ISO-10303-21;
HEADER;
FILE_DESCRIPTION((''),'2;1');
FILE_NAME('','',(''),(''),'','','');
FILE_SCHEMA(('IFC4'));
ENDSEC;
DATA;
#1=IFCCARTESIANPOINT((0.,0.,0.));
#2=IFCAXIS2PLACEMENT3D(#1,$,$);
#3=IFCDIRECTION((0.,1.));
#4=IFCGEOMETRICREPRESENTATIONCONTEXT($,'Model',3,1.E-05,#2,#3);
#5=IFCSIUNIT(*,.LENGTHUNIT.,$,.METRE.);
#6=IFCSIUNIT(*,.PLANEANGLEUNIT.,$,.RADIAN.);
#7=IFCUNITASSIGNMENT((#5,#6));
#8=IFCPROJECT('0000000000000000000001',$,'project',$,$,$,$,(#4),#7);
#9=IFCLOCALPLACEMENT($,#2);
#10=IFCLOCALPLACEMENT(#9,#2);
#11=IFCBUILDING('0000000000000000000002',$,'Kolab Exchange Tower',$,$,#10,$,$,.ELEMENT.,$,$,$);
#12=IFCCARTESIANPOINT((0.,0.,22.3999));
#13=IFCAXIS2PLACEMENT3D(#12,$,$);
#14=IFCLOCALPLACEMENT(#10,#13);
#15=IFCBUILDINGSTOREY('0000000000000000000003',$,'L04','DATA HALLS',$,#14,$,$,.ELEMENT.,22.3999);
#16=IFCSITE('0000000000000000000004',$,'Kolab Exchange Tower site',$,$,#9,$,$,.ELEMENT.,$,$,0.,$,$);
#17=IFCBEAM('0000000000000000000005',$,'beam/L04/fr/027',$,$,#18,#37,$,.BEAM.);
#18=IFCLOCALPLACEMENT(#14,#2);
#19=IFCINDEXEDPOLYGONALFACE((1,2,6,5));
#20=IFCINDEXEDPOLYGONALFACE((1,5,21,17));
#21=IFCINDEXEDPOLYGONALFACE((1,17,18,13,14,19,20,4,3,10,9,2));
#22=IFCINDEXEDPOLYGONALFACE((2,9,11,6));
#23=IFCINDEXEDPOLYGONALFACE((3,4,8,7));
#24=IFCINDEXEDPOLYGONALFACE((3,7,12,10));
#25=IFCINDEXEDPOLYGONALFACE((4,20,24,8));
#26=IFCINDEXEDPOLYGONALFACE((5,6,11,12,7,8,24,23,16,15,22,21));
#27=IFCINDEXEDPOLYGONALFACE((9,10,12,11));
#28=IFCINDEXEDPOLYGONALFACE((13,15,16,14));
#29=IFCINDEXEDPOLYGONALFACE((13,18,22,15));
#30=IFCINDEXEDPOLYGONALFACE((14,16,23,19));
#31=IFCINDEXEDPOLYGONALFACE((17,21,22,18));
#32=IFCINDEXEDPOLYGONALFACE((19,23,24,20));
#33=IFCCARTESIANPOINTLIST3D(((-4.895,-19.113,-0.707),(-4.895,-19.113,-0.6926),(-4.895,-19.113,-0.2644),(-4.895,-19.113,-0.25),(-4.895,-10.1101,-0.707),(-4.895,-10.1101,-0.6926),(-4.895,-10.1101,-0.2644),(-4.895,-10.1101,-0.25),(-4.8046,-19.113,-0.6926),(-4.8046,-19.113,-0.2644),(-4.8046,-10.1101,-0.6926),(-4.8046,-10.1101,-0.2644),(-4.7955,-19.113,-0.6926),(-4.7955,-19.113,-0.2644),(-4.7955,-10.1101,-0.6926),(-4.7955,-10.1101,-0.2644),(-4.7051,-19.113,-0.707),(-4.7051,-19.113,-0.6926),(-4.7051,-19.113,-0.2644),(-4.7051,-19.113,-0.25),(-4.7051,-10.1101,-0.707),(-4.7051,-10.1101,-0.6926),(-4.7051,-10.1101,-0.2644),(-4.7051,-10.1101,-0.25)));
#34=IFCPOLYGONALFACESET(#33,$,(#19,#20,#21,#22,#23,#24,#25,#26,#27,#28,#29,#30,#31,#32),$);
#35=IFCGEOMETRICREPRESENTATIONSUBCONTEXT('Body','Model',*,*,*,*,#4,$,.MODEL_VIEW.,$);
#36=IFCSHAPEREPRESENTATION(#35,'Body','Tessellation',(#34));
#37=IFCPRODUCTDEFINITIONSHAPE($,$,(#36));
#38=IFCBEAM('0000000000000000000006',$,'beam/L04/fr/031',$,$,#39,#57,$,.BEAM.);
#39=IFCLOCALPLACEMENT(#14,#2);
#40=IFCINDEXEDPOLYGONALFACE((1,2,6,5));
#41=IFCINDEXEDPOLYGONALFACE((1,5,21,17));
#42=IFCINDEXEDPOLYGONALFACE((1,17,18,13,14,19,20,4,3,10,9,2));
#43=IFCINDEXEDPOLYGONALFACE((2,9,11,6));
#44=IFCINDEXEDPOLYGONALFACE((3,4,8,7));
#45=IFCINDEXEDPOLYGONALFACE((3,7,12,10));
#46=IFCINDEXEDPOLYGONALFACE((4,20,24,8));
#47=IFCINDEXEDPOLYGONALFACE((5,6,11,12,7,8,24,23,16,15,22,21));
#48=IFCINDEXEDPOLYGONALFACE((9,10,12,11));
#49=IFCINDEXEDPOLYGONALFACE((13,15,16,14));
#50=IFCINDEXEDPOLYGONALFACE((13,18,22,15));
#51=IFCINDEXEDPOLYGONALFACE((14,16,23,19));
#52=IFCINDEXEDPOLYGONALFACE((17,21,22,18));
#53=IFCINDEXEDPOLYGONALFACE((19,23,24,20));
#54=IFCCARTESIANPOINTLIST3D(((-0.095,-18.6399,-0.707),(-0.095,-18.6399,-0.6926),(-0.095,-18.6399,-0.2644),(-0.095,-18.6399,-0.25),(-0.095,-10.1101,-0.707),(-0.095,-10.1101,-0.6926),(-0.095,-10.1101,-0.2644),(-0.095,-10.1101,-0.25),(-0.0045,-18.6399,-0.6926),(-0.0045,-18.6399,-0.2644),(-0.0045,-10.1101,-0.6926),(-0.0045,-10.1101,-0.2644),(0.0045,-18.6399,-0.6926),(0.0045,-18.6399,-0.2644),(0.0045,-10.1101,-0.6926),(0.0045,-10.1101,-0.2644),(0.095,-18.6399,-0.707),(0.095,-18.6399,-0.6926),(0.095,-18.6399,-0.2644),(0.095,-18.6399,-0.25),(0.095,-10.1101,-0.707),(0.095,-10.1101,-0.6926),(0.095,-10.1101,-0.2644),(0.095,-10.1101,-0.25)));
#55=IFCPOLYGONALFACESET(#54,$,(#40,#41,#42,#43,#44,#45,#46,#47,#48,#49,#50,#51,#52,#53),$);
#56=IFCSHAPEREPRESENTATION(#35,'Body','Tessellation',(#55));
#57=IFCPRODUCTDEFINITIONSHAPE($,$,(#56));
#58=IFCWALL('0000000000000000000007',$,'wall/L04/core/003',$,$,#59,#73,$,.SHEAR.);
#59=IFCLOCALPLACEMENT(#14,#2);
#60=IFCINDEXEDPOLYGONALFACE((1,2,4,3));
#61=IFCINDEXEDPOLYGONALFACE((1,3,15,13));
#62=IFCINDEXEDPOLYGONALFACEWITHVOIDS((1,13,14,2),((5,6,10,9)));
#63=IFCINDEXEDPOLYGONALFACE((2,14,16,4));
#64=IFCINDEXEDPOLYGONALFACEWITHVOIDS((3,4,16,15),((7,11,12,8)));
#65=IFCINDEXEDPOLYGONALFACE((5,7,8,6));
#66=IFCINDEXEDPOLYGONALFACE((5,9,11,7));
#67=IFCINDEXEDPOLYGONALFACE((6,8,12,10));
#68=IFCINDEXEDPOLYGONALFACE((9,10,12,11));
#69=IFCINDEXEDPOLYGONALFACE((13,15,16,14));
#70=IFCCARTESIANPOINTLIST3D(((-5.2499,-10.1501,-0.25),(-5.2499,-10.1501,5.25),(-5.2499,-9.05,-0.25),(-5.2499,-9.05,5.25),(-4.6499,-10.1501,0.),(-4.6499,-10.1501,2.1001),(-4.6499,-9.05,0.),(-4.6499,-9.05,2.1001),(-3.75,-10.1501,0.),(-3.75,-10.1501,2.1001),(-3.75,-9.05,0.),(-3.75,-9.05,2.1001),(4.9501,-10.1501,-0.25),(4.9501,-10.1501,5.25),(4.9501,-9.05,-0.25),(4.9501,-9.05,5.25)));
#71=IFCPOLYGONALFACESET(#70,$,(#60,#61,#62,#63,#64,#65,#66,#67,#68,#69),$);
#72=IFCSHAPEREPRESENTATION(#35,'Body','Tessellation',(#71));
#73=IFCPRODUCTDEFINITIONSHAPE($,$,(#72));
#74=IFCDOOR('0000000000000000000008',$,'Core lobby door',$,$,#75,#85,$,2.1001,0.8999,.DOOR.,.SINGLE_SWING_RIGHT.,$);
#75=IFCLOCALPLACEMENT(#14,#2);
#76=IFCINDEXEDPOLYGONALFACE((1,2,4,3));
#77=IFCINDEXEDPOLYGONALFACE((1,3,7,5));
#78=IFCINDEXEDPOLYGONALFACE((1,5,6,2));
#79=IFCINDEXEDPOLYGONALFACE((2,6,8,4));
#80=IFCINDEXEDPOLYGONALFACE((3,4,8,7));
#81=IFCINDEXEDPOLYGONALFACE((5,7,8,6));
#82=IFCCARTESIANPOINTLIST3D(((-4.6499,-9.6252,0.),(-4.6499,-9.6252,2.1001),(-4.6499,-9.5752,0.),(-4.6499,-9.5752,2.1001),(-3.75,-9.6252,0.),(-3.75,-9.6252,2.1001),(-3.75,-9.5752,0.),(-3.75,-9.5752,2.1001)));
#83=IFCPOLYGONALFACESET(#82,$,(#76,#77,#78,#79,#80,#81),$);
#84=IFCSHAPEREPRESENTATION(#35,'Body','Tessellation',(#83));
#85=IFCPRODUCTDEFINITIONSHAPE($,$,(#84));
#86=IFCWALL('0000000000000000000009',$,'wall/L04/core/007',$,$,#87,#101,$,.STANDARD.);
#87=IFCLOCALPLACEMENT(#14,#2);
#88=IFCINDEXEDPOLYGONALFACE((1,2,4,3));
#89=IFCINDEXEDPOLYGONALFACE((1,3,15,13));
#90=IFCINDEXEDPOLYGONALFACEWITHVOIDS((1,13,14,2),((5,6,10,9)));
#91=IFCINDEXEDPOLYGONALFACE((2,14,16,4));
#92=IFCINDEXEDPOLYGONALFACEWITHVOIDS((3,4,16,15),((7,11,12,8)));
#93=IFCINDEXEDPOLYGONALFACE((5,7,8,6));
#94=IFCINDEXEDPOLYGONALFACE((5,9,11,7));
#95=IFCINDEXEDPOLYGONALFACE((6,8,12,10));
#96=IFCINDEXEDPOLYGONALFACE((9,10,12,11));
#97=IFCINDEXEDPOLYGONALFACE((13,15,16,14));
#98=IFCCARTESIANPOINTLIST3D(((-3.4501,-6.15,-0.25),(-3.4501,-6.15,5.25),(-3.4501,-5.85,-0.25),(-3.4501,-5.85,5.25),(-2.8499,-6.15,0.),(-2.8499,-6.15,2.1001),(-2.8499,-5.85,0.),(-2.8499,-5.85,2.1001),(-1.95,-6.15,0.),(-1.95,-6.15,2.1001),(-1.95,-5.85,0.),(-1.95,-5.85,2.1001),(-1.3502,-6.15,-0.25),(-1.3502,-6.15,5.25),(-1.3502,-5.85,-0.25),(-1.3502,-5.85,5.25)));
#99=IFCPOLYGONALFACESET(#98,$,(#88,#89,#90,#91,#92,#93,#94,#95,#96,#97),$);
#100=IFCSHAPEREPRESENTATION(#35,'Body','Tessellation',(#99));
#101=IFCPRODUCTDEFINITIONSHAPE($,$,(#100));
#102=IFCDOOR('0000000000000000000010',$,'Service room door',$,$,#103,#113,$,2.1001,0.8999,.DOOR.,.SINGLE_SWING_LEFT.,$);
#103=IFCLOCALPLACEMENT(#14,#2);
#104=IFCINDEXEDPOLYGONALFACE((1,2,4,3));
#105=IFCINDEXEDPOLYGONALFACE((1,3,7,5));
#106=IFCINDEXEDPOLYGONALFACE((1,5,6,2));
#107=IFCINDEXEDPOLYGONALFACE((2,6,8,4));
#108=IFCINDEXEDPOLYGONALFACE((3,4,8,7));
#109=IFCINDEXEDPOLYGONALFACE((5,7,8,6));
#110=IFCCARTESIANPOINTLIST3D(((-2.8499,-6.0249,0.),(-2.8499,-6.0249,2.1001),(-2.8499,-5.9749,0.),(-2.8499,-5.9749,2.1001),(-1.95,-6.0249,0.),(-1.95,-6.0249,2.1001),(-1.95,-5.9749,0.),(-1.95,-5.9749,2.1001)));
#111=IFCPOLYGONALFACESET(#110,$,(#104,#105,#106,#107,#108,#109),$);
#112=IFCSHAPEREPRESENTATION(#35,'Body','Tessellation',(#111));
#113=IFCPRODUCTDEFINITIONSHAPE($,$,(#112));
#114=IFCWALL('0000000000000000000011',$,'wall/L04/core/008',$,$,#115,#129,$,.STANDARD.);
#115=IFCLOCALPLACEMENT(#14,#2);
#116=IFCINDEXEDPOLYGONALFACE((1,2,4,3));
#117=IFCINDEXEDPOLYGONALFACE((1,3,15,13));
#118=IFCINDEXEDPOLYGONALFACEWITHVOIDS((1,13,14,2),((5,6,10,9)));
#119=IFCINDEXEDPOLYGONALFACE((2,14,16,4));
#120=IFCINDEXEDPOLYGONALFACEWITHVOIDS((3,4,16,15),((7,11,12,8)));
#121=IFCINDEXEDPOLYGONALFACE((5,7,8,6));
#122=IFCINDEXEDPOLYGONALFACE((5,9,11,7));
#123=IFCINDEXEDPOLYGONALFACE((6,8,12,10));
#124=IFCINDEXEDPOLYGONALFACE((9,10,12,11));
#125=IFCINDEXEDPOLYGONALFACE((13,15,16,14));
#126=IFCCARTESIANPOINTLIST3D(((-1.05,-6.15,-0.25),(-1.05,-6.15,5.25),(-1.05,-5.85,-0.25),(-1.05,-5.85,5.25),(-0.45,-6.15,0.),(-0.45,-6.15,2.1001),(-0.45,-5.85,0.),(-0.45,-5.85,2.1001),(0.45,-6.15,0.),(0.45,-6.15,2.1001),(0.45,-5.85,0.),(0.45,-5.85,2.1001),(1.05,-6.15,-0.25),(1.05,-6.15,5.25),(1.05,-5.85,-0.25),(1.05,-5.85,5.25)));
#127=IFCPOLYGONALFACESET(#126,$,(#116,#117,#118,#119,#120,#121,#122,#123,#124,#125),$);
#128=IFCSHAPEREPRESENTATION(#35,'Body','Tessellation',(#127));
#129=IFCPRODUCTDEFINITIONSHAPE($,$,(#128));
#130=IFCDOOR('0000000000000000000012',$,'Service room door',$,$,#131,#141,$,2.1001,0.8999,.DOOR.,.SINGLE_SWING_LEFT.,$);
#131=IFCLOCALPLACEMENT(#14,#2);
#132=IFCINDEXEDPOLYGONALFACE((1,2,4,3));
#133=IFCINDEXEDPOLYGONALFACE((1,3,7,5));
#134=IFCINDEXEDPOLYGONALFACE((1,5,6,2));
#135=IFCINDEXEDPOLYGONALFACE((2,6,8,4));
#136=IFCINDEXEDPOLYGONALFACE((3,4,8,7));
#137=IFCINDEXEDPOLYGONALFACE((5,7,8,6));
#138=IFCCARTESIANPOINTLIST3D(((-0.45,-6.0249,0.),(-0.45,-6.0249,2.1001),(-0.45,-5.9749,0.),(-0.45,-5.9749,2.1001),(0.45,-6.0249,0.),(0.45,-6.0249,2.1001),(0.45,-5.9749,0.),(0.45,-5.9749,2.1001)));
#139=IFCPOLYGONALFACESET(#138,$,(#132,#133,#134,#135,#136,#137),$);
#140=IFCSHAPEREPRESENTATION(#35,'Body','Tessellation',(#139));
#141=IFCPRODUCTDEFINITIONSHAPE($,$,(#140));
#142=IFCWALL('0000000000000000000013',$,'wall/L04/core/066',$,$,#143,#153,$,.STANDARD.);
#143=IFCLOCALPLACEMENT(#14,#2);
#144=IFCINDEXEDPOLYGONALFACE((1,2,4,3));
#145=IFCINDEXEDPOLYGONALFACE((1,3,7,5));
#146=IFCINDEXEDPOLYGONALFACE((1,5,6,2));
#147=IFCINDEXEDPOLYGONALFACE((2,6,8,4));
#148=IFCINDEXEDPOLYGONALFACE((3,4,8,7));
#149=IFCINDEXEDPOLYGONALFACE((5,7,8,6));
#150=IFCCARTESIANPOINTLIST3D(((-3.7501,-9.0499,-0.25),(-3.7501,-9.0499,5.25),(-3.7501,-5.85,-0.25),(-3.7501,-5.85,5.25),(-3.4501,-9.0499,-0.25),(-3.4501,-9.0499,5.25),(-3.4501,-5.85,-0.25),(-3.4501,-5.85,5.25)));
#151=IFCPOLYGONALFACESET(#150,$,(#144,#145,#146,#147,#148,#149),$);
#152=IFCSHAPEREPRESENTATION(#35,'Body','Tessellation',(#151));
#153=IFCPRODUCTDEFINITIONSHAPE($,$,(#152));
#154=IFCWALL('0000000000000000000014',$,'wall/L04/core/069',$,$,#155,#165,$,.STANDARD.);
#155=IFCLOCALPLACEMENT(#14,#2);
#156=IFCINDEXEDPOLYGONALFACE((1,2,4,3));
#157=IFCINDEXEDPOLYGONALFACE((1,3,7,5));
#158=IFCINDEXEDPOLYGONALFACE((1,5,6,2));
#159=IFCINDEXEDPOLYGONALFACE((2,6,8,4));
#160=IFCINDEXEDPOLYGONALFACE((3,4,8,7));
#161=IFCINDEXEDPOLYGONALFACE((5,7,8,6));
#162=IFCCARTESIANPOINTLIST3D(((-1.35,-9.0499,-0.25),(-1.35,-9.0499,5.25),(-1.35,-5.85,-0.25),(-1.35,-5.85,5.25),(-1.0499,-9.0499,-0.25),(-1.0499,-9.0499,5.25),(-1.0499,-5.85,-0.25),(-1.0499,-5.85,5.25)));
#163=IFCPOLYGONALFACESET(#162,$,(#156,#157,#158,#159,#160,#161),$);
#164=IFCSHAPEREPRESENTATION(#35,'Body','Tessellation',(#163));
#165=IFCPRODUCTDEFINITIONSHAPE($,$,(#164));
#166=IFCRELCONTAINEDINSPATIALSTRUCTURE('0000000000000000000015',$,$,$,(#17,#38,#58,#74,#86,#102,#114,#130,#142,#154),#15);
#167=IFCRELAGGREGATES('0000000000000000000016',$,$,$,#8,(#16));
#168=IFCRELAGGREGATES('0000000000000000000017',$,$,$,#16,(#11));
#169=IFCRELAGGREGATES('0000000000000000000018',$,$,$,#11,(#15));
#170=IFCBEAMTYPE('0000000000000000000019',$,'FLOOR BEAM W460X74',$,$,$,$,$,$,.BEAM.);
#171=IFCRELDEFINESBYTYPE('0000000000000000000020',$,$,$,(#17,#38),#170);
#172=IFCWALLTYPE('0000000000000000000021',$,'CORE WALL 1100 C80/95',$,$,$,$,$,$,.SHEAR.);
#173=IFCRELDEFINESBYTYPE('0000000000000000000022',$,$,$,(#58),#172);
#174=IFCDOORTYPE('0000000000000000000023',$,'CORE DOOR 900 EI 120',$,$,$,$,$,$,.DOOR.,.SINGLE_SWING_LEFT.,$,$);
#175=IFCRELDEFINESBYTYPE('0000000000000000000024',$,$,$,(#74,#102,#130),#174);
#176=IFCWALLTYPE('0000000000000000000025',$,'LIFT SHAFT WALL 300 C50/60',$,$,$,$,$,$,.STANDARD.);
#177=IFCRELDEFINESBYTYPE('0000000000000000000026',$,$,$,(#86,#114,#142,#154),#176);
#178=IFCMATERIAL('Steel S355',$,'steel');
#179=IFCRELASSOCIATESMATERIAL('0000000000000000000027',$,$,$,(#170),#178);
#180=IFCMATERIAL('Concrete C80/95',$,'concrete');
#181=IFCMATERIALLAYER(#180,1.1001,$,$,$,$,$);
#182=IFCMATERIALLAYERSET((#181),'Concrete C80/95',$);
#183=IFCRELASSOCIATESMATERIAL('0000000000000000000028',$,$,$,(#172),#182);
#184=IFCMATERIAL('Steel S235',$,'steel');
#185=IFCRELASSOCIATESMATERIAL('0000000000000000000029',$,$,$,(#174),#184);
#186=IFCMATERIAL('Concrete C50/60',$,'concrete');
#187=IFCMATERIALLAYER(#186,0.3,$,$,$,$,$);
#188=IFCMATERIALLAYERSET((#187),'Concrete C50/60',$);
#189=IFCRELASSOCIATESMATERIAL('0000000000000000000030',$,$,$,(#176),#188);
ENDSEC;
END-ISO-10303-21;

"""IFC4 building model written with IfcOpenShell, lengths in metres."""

from ifc_helpers import new_model, si_unit, direction, frame, frame_2d, origin, origin_2d, place, context, subcontext, project, spatial, rectangle, i_section, extrude, material, layer, layer_set, material_profile, profile_set, type_object, element, fill, save


model = new_model("IFC4")

# Units and contexts
model_context = context("Model", 3, precision=1e-05, world=origin(), true_north=direction((0.0, 1.0)))
body_context = subcontext(model_context, "Body", "Model", "MODEL_VIEW")
ifc_project = project(units=[si_unit("LENGTHUNIT", "METRE"), si_unit("PLANEANGLEUNIT", "RADIAN")], contexts=[model_context])

# Site, building, storey
site_placement = place(None, origin())
site = spatial("IfcSite", under=ifc_project, at=site_placement, Name="Kolab Exchange Tower site", CompositionType="ELEMENT", RefElevation=0.0)
building_placement = place(site_placement, origin())
building = spatial("IfcBuilding", under=site, at=building_placement, Name="Kolab Exchange Tower", CompositionType="ELEMENT")
storey_placement = place(building_placement, frame((0.0, 0.0, 22.3999)))
storey = spatial("IfcBuildingStorey", under=building, at=storey_placement, Name="L04", Description="DATA HALLS", CompositionType="ELEMENT", Elevation=22.3999)

# Beams
ifc_material_1 = material(Name="Steel S355", Category="steel")
ifc_material_profile = material_profile(ifc_material_1, i_section(OverallWidth=0.1899, OverallDepth=0.457, WebThickness=0.009, FlangeThickness=0.0144, at=origin_2d()), Name="W460X74")
ifc_profile_set = profile_set([ifc_material_profile], Name="Steel S355")
beam_type = type_object("IfcBeamType", Name="FLOOR BEAM W460X74", PredefinedType="BEAM", material=ifc_profile_set)
beam_1_placement = place(storey_placement, frame((-4.8, -19.113, -0.4785), z_axis=(0.0, 1.0, 0.0), x_axis=(-1.0, 0.0, 0.0)))
element("IfcBeam", 1, at=beam_1_placement, inside=storey, type_object=beam_type, Name="beam/L04/fr/027", PredefinedType="BEAM", context=body_context, shape_type="SweptSolid", body=[
    extrude(i_section(OverallWidth=0.1899, OverallDepth=0.457, WebThickness=0.009, FlangeThickness=0.0144, at=origin_2d()), origin(), (0.0, 0.0, 1.0), 9.0029),
])
beam_2_placement = place(storey_placement, frame((0.0, -18.6399, -0.4785), z_axis=(0.0, 1.0, 0.0), x_axis=(-1.0, 0.0, 0.0)))
element("IfcBeam", 2, at=beam_2_placement, inside=storey, type_object=beam_type, Name="beam/L04/fr/031", PredefinedType="BEAM", context=body_context, shape_type="SweptSolid", body=[
    extrude(i_section(OverallWidth=0.1899, OverallDepth=0.457, WebThickness=0.009, FlangeThickness=0.0144, at=origin_2d()), origin(), (0.0, 0.0, 1.0), 8.5298),
])

# Walls, openings, doors
ifc_material_2 = material(Name="Concrete C80/95", Category="concrete")
ifc_layer_1 = layer(ifc_material_2, 1.1001)
ifc_layer_set_1 = layer_set([ifc_layer_1], Name="Concrete C80/95")
wall_type_1 = type_object("IfcWallType", Name="CORE WALL 1100 C80/95", PredefinedType="SHEAR", material=ifc_layer_set_1)
wall_1_placement = place(storey_placement, frame((-5.25, -9.6001, -0.25), z_axis=(0.0, 0.0, 1.0), x_axis=(1.0, 0.0, 0.0)))
wall_1 = element("IfcWall", 3, at=wall_1_placement, inside=storey, type_object=wall_type_1, Name="wall/L04/core/003", PredefinedType="SHEAR", context=body_context, shape_type="SweptSolid", body=[
    extrude(rectangle(XDim=10.2, YDim=1.1001, at=frame_2d((5.1001, 0.0))), origin(), (0.0, 0.0, 1.0), 5.5),
])
opening_1_placement = place(wall_1_placement, frame((0.6001, 0.0, 0.25)))
opening_1 = element("IfcOpeningElement", 4, at=opening_1_placement, cuts=wall_1, PredefinedType="OPENING", context=body_context, shape_type="SweptSolid", body=[
    extrude(rectangle(XDim=0.8999, YDim=2.1001, at=frame_2d((0.45, 1.05))), frame((0.0, 0.5601, 0.0), z_axis=(0.0, -1.0, 0.0), x_axis=(1.0, 0.0, 0.0)), (0.0, 0.0, 1.0), 1.1201),
])
ifc_material_3 = material(Name="Steel S235", Category="steel")
door_type_1 = type_object("IfcDoorType", Name="CORE DOOR 900 EI 120", OperationType="SINGLE_SWING_LEFT", PredefinedType="DOOR", material=ifc_material_3)
door_1_placement = place(opening_1_placement, origin())
door_1 = element("IfcDoor", 5, at=door_1_placement, inside=storey, type_object=door_type_1, Name="Core lobby door", OperationType="SINGLE_SWING_RIGHT", OverallHeight=2.1001, OverallWidth=0.8999, PredefinedType="DOOR", context=body_context, shape_type="SweptSolid", body=[
    extrude(rectangle(XDim=0.8999, YDim=2.1001, at=frame_2d((0.45, 1.05))), frame((0.0, 0.0249, 0.0), z_axis=(0.0, -1.0, 0.0), x_axis=(1.0, 0.0, 0.0)), (0.0, 0.0, 1.0), 0.05),
])
fill(opening_1, door_1)
ifc_material_4 = material(Name="Concrete C50/60", Category="concrete")
ifc_layer_2 = layer(ifc_material_4, 0.3)
ifc_layer_set_2 = layer_set([ifc_layer_2], Name="Concrete C50/60")
wall_type_2 = type_object("IfcWallType", Name="LIFT SHAFT WALL 300 C50/60", PredefinedType="STANDARD", material=ifc_layer_set_2)
wall_2_placement = place(storey_placement, frame((-3.45, -6.0, -0.25), z_axis=(0.0, 0.0, 1.0), x_axis=(1.0, 0.0, 0.0)))
wall_2 = element("IfcWall", 6, at=wall_2_placement, inside=storey, type_object=wall_type_2, Name="wall/L04/core/007", PredefinedType="STANDARD", context=body_context, shape_type="SweptSolid", body=[
    extrude(rectangle(XDim=2.0999, YDim=0.3, at=frame_2d((1.0498, 0.0))), origin(), (0.0, 0.0, 1.0), 5.5),
])
opening_2_placement = place(wall_2_placement, frame((0.6001, 0.0, 0.25)))
opening_2 = element("IfcOpeningElement", 7, at=opening_2_placement, cuts=wall_2, PredefinedType="OPENING", context=body_context, shape_type="SweptSolid", body=[
    extrude(rectangle(XDim=0.8999, YDim=2.1001, at=frame_2d((0.45, 1.05))), frame((0.0, 0.1602, 0.0), z_axis=(0.0, -1.0, 0.0), x_axis=(1.0, 0.0, 0.0)), (0.0, 0.0, 1.0), 0.3201),
])
door_2_placement = place(opening_2_placement, frame((0.8999, 0.0, 0.0), z_axis=(0.0, 0.0, 1.0), x_axis=(-1.0, 0.0, 0.0)))
door_2 = element("IfcDoor", 8, at=door_2_placement, inside=storey, type_object=door_type_1, Name="Service room door", OperationType="SINGLE_SWING_LEFT", OverallHeight=2.1001, OverallWidth=0.8999, PredefinedType="DOOR", context=body_context, shape_type="SweptSolid", body=[
    extrude(rectangle(XDim=0.8999, YDim=2.1001, at=frame_2d((0.45, 1.05))), frame((0.0, 0.0249, 0.0), z_axis=(0.0, -1.0, 0.0), x_axis=(1.0, 0.0, 0.0)), (0.0, 0.0, 1.0), 0.05),
])
fill(opening_2, door_2)
wall_3_placement = place(storey_placement, frame((-1.05, -6.0, -0.25), z_axis=(0.0, 0.0, 1.0), x_axis=(1.0, 0.0, 0.0)))
wall_3 = element("IfcWall", 9, at=wall_3_placement, inside=storey, type_object=wall_type_2, Name="wall/L04/core/008", PredefinedType="STANDARD", context=body_context, shape_type="SweptSolid", body=[
    extrude(rectangle(XDim=2.1001, YDim=0.3, at=frame_2d((1.05, 0.0))), origin(), (0.0, 0.0, 1.0), 5.5),
])
opening_3_placement = place(wall_3_placement, frame((0.6001, 0.0, 0.25)))
opening_3 = element("IfcOpeningElement", 10, at=opening_3_placement, cuts=wall_3, PredefinedType="OPENING", context=body_context, shape_type="SweptSolid", body=[
    extrude(rectangle(XDim=0.8999, YDim=2.1001, at=frame_2d((0.45, 1.05))), frame((0.0, 0.1602, 0.0), z_axis=(0.0, -1.0, 0.0), x_axis=(1.0, 0.0, 0.0)), (0.0, 0.0, 1.0), 0.3201),
])
door_3_placement = place(opening_3_placement, frame((0.8999, 0.0, 0.0), z_axis=(0.0, 0.0, 1.0), x_axis=(-1.0, 0.0, 0.0)))
door_3 = element("IfcDoor", 11, at=door_3_placement, inside=storey, type_object=door_type_1, Name="Service room door", OperationType="SINGLE_SWING_LEFT", OverallHeight=2.1001, OverallWidth=0.8999, PredefinedType="DOOR", context=body_context, shape_type="SweptSolid", body=[
    extrude(rectangle(XDim=0.8999, YDim=2.1001, at=frame_2d((0.45, 1.05))), frame((0.0, 0.0249, 0.0), z_axis=(0.0, -1.0, 0.0), x_axis=(1.0, 0.0, 0.0)), (0.0, 0.0, 1.0), 0.05),
])
fill(opening_3, door_3)

# Walls
for number, where, z_axis, x_axis, name in (
    (12, (-3.6001, -9.05, -0.25), (0.0, 0.0, 1.0), (0.0, 1.0, 0.0), "wall/L04/core/066"),
    (13, (-1.2, -9.05, -0.25), (0.0, 0.0, 1.0), (0.0, 1.0, 0.0), "wall/L04/core/069"),
):
    element("IfcWall", number, at=place(storey_placement, frame(where, z_axis=z_axis, x_axis=x_axis)), inside=storey, type_object=wall_type_2, Name=name, PredefinedType="STANDARD", context=body_context, shape_type="SweptSolid", body=[
        extrude(rectangle(XDim=3.2, YDim=0.3, at=frame_2d((1.6001, 0.0))), origin(), (0.0, 0.0, 1.0), 5.5),
    ])

save(model, "model.ifc")
